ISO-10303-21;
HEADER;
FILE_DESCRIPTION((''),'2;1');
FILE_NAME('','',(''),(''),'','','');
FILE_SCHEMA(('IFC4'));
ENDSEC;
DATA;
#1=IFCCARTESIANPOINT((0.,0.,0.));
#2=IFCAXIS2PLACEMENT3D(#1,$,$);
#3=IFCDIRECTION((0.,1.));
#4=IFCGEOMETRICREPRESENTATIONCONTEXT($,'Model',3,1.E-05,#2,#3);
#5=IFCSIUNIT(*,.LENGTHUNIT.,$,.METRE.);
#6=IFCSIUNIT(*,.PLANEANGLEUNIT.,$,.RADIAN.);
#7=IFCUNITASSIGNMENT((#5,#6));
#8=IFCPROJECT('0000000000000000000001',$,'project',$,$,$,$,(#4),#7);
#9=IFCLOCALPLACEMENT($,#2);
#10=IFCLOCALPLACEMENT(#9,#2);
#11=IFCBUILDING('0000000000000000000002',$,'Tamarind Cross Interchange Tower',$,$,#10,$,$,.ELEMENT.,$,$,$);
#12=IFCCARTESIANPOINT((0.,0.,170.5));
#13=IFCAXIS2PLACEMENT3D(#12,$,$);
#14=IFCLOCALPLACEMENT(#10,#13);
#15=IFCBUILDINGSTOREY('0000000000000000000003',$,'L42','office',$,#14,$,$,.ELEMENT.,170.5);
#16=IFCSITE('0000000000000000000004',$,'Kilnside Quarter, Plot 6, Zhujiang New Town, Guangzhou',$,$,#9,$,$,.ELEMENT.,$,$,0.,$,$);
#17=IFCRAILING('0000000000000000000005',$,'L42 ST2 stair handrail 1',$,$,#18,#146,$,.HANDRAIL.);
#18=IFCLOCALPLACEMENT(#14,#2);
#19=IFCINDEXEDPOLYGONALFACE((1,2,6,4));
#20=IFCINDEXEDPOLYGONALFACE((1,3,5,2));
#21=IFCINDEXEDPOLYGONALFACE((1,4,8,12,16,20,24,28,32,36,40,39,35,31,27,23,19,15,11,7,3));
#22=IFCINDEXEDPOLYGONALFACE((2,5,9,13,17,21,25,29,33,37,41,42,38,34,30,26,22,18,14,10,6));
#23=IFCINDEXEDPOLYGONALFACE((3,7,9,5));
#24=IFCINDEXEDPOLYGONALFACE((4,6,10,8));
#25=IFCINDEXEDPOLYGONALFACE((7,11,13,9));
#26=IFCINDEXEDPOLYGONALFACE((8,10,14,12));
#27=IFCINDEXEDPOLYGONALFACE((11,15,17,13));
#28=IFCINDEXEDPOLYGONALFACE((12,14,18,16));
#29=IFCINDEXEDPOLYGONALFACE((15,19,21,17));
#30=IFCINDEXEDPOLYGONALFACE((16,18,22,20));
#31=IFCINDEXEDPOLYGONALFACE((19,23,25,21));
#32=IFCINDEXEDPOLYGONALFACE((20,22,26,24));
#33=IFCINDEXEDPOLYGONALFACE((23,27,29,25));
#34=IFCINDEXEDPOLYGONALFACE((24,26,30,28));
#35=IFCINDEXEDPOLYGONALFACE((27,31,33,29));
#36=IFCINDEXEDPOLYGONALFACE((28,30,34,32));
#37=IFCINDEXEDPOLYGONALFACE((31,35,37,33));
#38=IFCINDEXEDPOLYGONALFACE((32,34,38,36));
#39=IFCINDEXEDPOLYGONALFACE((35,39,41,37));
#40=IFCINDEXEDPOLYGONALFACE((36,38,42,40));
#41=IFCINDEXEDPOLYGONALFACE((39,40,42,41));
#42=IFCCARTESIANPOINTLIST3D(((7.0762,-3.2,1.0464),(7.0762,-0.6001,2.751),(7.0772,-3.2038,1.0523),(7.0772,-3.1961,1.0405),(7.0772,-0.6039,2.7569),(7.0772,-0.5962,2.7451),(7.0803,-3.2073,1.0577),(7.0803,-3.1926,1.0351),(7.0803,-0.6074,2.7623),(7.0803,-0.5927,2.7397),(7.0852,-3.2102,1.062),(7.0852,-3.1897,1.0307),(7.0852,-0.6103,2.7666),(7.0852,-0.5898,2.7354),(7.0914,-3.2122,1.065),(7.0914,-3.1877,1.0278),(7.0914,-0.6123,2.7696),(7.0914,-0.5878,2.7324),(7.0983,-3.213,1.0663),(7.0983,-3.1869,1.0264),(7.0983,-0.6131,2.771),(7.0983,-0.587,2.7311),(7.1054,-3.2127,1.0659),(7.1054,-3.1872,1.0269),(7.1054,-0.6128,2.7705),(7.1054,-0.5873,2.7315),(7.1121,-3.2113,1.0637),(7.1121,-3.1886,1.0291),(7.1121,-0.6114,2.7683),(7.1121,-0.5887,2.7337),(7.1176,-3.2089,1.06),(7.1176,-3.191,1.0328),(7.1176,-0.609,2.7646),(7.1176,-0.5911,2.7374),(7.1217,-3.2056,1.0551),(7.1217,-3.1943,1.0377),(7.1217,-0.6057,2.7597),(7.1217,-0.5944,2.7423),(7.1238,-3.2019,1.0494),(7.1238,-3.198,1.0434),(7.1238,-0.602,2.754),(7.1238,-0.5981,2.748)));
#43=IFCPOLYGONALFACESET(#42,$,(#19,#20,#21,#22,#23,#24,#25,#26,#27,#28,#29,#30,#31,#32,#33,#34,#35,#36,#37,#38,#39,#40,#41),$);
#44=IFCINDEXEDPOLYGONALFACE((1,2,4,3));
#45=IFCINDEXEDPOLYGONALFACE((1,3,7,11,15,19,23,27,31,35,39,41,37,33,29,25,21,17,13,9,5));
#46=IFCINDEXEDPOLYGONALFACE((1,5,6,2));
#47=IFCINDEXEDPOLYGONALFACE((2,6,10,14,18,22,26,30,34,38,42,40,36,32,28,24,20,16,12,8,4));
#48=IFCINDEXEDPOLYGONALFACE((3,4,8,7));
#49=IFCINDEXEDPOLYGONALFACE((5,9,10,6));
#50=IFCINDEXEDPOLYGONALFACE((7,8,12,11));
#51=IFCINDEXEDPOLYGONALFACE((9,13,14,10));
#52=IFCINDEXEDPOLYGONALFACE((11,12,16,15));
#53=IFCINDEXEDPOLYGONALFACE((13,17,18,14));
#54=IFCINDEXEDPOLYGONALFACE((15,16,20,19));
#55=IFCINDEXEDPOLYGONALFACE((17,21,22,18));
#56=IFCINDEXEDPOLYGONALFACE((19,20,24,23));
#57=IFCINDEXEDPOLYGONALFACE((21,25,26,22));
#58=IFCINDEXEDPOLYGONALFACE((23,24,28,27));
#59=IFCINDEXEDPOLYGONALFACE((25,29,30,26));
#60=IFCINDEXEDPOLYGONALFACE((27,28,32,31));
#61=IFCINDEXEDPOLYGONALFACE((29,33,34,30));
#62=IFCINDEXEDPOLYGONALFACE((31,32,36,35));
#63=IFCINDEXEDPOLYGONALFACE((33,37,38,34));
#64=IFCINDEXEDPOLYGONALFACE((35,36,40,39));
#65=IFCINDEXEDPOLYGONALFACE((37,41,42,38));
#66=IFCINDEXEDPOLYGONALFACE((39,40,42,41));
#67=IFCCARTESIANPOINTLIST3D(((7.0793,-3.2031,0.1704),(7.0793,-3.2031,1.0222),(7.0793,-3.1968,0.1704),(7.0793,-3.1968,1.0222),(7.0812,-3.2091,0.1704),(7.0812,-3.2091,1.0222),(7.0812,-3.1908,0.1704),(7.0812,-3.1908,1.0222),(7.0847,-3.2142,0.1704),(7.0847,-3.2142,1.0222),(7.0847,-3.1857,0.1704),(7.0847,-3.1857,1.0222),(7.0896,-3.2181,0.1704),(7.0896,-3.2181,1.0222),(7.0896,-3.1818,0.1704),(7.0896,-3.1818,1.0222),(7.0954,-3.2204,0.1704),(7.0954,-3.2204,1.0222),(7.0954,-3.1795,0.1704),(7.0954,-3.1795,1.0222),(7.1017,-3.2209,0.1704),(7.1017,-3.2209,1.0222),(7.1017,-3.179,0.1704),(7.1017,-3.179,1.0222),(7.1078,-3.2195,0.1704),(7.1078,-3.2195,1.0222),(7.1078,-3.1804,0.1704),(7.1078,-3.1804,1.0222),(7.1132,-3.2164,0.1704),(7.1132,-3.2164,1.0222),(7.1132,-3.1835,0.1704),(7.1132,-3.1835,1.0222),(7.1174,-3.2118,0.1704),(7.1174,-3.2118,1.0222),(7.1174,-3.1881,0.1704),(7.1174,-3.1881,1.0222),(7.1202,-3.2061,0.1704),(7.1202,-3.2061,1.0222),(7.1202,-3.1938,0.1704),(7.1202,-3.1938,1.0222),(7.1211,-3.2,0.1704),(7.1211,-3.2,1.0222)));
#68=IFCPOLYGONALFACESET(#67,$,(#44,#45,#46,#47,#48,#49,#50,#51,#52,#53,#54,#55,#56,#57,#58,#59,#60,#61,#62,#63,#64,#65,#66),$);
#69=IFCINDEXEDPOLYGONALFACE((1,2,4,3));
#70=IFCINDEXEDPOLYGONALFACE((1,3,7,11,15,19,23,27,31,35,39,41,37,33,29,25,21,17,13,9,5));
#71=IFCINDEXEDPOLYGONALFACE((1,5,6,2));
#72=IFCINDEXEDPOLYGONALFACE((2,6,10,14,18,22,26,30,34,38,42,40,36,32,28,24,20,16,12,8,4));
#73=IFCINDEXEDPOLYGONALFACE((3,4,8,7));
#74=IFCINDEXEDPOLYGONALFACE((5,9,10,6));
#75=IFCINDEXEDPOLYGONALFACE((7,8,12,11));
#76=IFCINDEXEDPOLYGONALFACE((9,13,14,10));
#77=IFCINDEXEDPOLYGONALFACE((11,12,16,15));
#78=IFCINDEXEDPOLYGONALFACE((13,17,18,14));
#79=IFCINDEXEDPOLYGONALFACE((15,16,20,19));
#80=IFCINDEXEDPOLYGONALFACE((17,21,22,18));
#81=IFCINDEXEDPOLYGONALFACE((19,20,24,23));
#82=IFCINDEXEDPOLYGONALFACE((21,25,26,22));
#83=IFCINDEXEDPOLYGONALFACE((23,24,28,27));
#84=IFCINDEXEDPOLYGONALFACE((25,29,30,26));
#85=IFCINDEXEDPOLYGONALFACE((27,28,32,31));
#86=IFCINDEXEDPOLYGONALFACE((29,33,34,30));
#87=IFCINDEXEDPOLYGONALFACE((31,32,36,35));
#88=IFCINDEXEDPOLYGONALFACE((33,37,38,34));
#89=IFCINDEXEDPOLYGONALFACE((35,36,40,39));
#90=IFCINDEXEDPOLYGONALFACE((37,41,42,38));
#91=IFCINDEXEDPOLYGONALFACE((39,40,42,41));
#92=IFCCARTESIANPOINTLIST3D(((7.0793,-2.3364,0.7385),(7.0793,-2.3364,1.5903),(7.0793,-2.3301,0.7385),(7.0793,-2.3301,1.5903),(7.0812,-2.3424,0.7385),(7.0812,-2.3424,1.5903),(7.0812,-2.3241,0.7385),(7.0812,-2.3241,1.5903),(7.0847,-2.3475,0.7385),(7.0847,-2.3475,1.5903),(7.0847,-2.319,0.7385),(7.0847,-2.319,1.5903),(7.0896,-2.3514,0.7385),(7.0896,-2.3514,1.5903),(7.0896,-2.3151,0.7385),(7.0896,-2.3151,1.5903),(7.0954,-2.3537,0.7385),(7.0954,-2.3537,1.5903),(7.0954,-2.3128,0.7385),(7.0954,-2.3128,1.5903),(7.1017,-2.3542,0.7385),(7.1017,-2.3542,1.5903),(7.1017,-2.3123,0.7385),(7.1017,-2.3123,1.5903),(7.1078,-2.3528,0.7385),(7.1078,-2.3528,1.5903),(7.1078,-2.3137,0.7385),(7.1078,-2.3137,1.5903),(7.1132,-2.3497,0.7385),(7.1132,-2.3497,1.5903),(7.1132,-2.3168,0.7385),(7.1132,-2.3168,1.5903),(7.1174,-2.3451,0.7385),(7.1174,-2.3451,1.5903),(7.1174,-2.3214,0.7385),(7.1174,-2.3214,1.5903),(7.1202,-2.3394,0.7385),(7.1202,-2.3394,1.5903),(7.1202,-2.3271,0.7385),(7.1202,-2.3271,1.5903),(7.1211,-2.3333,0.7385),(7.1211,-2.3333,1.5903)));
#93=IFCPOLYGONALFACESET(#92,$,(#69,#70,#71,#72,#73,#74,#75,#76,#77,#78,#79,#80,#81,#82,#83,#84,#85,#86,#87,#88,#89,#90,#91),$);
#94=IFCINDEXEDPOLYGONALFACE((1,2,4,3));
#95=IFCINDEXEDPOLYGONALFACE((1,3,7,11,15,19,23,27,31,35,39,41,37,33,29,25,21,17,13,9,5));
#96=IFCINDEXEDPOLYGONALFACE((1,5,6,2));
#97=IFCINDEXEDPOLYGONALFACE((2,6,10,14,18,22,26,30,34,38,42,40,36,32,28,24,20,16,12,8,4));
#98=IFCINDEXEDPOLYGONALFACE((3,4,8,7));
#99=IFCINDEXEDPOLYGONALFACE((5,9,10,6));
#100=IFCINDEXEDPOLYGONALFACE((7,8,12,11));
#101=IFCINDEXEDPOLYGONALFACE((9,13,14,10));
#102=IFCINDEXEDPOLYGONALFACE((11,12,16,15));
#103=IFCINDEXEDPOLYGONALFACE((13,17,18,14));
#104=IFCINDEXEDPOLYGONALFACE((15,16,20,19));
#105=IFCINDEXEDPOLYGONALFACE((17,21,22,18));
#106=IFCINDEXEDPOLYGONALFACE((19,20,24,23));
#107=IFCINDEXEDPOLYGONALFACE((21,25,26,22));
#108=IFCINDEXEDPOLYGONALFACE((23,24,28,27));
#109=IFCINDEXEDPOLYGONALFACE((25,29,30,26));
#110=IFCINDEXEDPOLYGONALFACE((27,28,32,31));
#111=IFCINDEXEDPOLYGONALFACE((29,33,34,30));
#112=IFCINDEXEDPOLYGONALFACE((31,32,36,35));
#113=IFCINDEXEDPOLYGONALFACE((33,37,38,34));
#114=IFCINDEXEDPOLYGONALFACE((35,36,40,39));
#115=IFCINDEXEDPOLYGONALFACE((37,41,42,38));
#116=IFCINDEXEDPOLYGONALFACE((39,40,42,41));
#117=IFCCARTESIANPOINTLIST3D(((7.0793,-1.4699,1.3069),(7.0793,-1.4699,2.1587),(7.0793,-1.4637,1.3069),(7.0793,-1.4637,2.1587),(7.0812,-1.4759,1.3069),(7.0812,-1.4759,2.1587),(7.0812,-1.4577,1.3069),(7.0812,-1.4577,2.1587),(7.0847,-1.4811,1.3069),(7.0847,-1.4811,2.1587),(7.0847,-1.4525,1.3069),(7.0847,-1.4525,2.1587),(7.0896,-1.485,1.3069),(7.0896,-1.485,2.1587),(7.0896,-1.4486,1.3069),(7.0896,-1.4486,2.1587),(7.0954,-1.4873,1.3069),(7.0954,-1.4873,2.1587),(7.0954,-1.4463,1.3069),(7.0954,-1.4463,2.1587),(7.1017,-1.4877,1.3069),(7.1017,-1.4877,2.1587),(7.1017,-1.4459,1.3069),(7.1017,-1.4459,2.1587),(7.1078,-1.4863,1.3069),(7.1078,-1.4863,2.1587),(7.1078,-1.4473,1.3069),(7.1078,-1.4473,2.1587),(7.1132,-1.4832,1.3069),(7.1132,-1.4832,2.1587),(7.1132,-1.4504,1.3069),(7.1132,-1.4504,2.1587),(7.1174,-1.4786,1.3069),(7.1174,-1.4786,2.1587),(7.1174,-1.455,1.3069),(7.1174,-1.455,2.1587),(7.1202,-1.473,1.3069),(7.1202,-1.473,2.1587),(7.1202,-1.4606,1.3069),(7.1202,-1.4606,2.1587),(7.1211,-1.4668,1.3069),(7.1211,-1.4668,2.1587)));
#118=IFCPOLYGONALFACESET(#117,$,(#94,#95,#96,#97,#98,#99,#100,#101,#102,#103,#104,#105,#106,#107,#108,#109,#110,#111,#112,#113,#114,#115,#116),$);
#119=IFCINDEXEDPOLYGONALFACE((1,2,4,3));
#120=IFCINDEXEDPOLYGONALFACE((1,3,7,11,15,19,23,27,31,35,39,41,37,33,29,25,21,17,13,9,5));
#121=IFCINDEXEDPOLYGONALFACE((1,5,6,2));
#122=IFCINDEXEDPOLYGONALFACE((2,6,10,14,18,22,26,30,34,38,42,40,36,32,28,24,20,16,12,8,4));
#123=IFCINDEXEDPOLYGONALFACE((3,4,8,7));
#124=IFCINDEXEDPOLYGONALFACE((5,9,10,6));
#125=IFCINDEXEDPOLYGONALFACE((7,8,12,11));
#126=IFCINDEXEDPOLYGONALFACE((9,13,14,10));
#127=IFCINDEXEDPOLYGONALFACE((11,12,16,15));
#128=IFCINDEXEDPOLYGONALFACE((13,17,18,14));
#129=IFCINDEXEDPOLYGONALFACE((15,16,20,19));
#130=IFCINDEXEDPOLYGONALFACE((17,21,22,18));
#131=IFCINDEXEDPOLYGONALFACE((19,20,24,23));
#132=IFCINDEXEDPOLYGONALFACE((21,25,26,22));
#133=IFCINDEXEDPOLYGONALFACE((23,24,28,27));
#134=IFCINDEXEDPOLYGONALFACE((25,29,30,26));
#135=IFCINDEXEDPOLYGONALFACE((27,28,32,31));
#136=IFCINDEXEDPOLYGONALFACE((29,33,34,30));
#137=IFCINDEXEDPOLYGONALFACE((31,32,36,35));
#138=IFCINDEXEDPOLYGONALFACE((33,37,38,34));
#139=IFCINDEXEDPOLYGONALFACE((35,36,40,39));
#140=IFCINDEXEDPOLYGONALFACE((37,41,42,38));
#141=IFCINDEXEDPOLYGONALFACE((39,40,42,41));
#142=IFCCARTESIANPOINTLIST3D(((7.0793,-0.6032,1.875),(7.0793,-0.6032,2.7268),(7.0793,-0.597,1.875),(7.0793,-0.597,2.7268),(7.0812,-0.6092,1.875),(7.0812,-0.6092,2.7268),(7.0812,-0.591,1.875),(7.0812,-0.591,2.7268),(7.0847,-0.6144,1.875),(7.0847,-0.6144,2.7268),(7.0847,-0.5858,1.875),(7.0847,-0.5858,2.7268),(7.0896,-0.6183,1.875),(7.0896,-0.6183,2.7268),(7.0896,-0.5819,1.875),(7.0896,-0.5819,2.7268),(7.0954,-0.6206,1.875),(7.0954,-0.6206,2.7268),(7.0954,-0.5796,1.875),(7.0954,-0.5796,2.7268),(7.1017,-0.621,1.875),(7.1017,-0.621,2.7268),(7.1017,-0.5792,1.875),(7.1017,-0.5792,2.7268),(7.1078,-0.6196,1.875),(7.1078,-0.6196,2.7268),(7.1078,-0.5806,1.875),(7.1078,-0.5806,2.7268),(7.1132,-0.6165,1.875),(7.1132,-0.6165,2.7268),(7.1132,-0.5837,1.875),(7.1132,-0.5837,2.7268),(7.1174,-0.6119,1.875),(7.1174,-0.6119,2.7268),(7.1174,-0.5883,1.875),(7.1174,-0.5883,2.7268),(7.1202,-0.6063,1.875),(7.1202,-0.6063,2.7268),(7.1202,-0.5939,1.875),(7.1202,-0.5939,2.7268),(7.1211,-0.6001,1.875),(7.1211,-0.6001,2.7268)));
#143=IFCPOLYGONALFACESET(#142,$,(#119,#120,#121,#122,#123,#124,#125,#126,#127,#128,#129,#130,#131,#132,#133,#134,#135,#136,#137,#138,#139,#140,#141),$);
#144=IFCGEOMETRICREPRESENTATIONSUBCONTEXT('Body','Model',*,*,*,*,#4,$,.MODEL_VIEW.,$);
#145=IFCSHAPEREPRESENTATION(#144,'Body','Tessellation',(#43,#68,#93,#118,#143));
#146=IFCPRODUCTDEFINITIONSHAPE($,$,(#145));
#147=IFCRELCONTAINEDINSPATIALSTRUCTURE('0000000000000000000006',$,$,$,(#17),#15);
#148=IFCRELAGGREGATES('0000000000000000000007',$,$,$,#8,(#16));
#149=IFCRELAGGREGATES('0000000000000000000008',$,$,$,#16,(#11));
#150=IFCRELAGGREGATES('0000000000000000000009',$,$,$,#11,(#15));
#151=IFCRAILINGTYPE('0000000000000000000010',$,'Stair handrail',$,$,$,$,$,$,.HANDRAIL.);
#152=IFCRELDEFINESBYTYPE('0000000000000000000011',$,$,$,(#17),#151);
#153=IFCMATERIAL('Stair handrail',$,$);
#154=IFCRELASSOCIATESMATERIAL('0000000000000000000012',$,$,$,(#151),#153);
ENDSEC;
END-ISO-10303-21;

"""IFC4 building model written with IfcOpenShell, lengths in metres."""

from ifc_helpers import new_model, si_unit, direction, frame, origin, origin_2d, place, context, subcontext, project, spatial, circle, extrude, material, type_object, element, save


model = new_model("IFC4")

# Units and contexts
model_context = context("Model", 3, precision=1e-05, world=origin(), true_north=direction((0.0, 1.0)))
body_context = subcontext(model_context, "Body", "Model", "MODEL_VIEW")
ifc_project = project(units=[si_unit("LENGTHUNIT", "METRE"), si_unit("PLANEANGLEUNIT", "RADIAN")], contexts=[model_context])

# Site, building, storey
site_placement = place(None, origin())
site = spatial("IfcSite", under=ifc_project, at=site_placement, Name="Kilnside Quarter, Plot 6, Zhujiang New Town, Guangzhou", CompositionType="ELEMENT", RefElevation=0.0)
building_placement = place(site_placement, origin())
building = spatial("IfcBuilding", under=site, at=building_placement, Name="Tamarind Cross Interchange Tower", CompositionType="ELEMENT")
storey_placement = place(building_placement, frame((0.0, 0.0, 170.5)))
storey = spatial("IfcBuildingStorey", under=building, at=storey_placement, Name="L42", Description="office", CompositionType="ELEMENT", Elevation=170.5)

# Railing
ifc_material_1 = material(Name="Stair handrail")
railing_type_1 = type_object("IfcRailingType", Name="Stair handrail", PredefinedType="HANDRAIL", material=ifc_material_1)
railing_1_placement = place(storey_placement, frame((7.1001, -3.2, 0.1704)))
element("IfcRailing", 1, at=railing_1_placement, inside=storey, type_object=railing_type_1, Name="L42 ST2 stair handrail 1", PredefinedType="HANDRAIL", context=body_context, shape_type="SweptSolid", body=[
    extrude(circle(Radius=0.0239, at=origin_2d()), frame((0.0, 0.0, 0.876), z_axis=(0.0, 0.836279, 0.548305), x_axis=(-1.0, 0.0, 0.0)), (0.0, 0.0, 1.0), 3.1089),
    extrude(circle(Radius=0.021, at=origin_2d()), origin(), (0.0, 0.0, 1.0), 0.8518),
    extrude(circle(Radius=0.021, at=origin_2d()), frame((0.0, 0.8667, 0.5681)), (0.0, 0.0, 1.0), 0.8518),
    extrude(circle(Radius=0.021, at=origin_2d()), frame((0.0, 1.7332, 1.1365)), (0.0, 0.0, 1.0), 0.8518),
    extrude(circle(Radius=0.021, at=origin_2d()), frame((0.0, 2.5999, 1.7046)), (0.0, 0.0, 1.0), 0.8518),
])

save(model, "model.ifc")
